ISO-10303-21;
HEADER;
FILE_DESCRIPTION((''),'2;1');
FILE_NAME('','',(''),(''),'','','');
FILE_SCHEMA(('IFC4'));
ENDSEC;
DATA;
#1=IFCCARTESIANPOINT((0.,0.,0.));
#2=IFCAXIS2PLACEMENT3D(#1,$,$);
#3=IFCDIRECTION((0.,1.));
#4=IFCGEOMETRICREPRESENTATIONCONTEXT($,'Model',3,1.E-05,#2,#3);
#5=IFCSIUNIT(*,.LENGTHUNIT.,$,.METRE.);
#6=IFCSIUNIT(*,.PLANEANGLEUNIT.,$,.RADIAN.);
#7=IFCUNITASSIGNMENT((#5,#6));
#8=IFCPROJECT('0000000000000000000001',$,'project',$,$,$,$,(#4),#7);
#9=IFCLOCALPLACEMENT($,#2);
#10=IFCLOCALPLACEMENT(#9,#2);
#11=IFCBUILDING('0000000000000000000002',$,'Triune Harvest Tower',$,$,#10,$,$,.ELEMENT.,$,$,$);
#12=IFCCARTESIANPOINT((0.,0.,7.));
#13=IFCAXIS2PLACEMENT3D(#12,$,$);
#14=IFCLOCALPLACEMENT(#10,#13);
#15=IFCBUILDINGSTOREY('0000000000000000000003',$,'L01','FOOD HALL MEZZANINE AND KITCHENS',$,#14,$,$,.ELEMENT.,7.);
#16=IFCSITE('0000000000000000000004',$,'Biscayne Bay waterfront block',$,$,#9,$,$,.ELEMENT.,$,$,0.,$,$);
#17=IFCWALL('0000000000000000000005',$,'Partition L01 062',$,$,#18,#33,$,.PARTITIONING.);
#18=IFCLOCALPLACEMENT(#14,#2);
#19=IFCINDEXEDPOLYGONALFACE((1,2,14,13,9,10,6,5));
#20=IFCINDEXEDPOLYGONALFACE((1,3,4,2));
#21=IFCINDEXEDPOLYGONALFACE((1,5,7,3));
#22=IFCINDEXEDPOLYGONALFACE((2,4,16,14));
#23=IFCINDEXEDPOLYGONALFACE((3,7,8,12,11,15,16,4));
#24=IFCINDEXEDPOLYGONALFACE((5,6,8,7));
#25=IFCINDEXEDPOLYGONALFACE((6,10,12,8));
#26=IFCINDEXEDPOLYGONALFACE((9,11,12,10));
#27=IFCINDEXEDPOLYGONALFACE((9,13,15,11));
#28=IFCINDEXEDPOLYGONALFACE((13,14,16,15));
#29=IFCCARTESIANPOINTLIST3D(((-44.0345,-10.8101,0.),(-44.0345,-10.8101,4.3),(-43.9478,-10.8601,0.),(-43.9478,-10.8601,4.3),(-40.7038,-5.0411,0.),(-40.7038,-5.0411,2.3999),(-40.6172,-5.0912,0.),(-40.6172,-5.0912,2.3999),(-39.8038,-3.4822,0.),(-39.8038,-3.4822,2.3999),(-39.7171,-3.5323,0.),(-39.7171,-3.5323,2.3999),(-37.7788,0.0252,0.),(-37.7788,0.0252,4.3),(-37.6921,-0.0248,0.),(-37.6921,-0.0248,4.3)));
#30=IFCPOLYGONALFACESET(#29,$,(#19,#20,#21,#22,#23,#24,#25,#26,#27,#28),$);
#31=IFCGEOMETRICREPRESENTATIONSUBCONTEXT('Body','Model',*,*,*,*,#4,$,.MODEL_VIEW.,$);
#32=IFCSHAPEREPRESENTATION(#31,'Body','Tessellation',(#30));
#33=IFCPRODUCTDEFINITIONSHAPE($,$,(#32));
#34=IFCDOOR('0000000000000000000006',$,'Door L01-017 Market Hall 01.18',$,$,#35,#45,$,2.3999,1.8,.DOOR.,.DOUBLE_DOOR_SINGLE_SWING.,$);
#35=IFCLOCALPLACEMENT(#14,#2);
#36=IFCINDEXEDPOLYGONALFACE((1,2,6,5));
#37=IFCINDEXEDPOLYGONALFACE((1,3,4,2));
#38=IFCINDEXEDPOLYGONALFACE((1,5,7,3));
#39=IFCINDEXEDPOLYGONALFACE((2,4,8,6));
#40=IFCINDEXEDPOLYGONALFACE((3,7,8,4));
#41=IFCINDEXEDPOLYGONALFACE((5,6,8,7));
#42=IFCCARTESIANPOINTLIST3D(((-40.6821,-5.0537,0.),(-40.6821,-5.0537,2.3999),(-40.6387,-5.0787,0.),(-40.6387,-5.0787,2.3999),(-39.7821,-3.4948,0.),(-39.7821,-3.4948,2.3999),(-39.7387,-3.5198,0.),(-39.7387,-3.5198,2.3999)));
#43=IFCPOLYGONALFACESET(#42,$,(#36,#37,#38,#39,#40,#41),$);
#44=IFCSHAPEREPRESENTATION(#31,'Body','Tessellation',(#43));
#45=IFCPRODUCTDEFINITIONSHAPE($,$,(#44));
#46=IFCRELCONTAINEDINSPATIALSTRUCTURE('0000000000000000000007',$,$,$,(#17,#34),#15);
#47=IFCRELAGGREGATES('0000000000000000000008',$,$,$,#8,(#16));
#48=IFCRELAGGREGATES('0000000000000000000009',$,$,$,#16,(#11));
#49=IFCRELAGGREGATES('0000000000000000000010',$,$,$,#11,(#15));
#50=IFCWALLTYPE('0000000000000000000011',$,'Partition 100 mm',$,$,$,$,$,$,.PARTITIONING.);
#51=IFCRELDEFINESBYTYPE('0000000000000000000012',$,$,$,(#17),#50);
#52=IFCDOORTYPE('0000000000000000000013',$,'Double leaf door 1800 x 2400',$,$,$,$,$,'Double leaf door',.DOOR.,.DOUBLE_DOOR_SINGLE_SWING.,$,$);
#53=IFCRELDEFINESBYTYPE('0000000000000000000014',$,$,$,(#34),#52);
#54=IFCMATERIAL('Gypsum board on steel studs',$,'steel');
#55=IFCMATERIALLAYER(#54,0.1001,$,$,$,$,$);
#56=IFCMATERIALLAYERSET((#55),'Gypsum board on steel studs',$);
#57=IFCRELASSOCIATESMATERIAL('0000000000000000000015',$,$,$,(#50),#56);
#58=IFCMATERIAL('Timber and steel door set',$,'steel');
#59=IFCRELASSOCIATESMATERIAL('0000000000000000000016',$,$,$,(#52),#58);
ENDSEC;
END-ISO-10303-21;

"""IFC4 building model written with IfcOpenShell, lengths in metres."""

from ifc_helpers import new_model, si_unit, direction, frame, frame_2d, origin, place, context, subcontext, project, spatial, rectangle, extrude, material, layer, layer_set, type_object, element, fill, save


model = new_model("IFC4")

# Units and contexts
model_context = context("Model", 3, precision=1e-05, world=origin(), true_north=direction((0.0, 1.0)))
body_context = subcontext(model_context, "Body", "Model", "MODEL_VIEW")
ifc_project = project(units=[si_unit("LENGTHUNIT", "METRE"), si_unit("PLANEANGLEUNIT", "RADIAN")], contexts=[model_context])

# Site, building, storey
site_placement = place(None, origin())
site = spatial("IfcSite", under=ifc_project, at=site_placement, Name="Biscayne Bay waterfront block", CompositionType="ELEMENT", RefElevation=0.0)
building_placement = place(site_placement, origin())
building = spatial("IfcBuilding", under=site, at=building_placement, Name="Triune Harvest Tower", CompositionType="ELEMENT")
storey_placement = place(building_placement, frame((0.0, 0.0, 7.0)))
storey = spatial("IfcBuildingStorey", under=building, at=storey_placement, Name="L01", Description="FOOD HALL MEZZANINE AND KITCHENS", CompositionType="ELEMENT", Elevation=7.0)

# Wall, opening, door
ifc_material_1 = material(Name="Gypsum board on steel studs", Category="steel")
ifc_layer_1 = layer(ifc_material_1, 0.1001)
ifc_layer_set_1 = layer_set([ifc_layer_1], Name="Gypsum board on steel studs")
wall_type_1 = type_object("IfcWallType", Name="Partition 100 mm", PredefinedType="PARTITIONING", material=ifc_layer_set_1)
wall_1_placement = place(storey_placement, frame((-43.9912, -10.8352, 0.0), z_axis=(0.0, 0.0, 1.0), x_axis=(0.499994, 0.866029, 0.0)))
wall_1 = element("IfcWall", 1, at=wall_1_placement, inside=storey, type_object=wall_type_1, Name="Partition L01 062", PredefinedType="PARTITIONING", context=body_context, shape_type="SweptSolid", body=[
    extrude(rectangle(XDim=12.5115, YDim=0.1001, at=frame_2d((6.2559, 0.0))), origin(), (0.0, 0.0, 1.0), 4.3),
])
opening_placement = place(wall_1_placement, frame((6.6616, 0.0, 0.0)))
opening = element("IfcOpeningElement", 2, at=opening_placement, cuts=wall_1, PredefinedType="OPENING", context=body_context, shape_type="SweptSolid", body=[
    extrude(rectangle(XDim=1.8, YDim=2.3999, at=frame_2d((0.8999, 1.2))), frame((0.0, 0.0601, 0.0), z_axis=(0.0, -1.0, 0.0), x_axis=(1.0, 0.0, 0.0)), (0.0, 0.0, 1.0), 0.1201),
])
ifc_material_2 = material(Name="Timber and steel door set", Category="steel")
door_type = type_object("IfcDoorType", Name="Double leaf door 1800 x 2400", ElementType="Double leaf door", OperationType="DOUBLE_DOOR_SINGLE_SWING", PredefinedType="DOOR", material=ifc_material_2)
door_placement = place(opening_placement, origin())
door = element("IfcDoor", 3, at=door_placement, inside=storey, type_object=door_type, Name="Door L01-017 Market Hall 01.18", OperationType="DOUBLE_DOOR_SINGLE_SWING", OverallHeight=2.3999, OverallWidth=1.8, PredefinedType="DOOR", context=body_context, shape_type="SweptSolid", body=[
    extrude(rectangle(XDim=1.8, YDim=2.3999, at=frame_2d((0.8999, 1.2))), frame((0.0, 0.0249, 0.0), z_axis=(0.0, -1.0, 0.0), x_axis=(1.0, 0.0, 0.0)), (0.0, 0.0, 1.0), 0.05),
])
fill(opening, door)

save(model, "model.ifc")
